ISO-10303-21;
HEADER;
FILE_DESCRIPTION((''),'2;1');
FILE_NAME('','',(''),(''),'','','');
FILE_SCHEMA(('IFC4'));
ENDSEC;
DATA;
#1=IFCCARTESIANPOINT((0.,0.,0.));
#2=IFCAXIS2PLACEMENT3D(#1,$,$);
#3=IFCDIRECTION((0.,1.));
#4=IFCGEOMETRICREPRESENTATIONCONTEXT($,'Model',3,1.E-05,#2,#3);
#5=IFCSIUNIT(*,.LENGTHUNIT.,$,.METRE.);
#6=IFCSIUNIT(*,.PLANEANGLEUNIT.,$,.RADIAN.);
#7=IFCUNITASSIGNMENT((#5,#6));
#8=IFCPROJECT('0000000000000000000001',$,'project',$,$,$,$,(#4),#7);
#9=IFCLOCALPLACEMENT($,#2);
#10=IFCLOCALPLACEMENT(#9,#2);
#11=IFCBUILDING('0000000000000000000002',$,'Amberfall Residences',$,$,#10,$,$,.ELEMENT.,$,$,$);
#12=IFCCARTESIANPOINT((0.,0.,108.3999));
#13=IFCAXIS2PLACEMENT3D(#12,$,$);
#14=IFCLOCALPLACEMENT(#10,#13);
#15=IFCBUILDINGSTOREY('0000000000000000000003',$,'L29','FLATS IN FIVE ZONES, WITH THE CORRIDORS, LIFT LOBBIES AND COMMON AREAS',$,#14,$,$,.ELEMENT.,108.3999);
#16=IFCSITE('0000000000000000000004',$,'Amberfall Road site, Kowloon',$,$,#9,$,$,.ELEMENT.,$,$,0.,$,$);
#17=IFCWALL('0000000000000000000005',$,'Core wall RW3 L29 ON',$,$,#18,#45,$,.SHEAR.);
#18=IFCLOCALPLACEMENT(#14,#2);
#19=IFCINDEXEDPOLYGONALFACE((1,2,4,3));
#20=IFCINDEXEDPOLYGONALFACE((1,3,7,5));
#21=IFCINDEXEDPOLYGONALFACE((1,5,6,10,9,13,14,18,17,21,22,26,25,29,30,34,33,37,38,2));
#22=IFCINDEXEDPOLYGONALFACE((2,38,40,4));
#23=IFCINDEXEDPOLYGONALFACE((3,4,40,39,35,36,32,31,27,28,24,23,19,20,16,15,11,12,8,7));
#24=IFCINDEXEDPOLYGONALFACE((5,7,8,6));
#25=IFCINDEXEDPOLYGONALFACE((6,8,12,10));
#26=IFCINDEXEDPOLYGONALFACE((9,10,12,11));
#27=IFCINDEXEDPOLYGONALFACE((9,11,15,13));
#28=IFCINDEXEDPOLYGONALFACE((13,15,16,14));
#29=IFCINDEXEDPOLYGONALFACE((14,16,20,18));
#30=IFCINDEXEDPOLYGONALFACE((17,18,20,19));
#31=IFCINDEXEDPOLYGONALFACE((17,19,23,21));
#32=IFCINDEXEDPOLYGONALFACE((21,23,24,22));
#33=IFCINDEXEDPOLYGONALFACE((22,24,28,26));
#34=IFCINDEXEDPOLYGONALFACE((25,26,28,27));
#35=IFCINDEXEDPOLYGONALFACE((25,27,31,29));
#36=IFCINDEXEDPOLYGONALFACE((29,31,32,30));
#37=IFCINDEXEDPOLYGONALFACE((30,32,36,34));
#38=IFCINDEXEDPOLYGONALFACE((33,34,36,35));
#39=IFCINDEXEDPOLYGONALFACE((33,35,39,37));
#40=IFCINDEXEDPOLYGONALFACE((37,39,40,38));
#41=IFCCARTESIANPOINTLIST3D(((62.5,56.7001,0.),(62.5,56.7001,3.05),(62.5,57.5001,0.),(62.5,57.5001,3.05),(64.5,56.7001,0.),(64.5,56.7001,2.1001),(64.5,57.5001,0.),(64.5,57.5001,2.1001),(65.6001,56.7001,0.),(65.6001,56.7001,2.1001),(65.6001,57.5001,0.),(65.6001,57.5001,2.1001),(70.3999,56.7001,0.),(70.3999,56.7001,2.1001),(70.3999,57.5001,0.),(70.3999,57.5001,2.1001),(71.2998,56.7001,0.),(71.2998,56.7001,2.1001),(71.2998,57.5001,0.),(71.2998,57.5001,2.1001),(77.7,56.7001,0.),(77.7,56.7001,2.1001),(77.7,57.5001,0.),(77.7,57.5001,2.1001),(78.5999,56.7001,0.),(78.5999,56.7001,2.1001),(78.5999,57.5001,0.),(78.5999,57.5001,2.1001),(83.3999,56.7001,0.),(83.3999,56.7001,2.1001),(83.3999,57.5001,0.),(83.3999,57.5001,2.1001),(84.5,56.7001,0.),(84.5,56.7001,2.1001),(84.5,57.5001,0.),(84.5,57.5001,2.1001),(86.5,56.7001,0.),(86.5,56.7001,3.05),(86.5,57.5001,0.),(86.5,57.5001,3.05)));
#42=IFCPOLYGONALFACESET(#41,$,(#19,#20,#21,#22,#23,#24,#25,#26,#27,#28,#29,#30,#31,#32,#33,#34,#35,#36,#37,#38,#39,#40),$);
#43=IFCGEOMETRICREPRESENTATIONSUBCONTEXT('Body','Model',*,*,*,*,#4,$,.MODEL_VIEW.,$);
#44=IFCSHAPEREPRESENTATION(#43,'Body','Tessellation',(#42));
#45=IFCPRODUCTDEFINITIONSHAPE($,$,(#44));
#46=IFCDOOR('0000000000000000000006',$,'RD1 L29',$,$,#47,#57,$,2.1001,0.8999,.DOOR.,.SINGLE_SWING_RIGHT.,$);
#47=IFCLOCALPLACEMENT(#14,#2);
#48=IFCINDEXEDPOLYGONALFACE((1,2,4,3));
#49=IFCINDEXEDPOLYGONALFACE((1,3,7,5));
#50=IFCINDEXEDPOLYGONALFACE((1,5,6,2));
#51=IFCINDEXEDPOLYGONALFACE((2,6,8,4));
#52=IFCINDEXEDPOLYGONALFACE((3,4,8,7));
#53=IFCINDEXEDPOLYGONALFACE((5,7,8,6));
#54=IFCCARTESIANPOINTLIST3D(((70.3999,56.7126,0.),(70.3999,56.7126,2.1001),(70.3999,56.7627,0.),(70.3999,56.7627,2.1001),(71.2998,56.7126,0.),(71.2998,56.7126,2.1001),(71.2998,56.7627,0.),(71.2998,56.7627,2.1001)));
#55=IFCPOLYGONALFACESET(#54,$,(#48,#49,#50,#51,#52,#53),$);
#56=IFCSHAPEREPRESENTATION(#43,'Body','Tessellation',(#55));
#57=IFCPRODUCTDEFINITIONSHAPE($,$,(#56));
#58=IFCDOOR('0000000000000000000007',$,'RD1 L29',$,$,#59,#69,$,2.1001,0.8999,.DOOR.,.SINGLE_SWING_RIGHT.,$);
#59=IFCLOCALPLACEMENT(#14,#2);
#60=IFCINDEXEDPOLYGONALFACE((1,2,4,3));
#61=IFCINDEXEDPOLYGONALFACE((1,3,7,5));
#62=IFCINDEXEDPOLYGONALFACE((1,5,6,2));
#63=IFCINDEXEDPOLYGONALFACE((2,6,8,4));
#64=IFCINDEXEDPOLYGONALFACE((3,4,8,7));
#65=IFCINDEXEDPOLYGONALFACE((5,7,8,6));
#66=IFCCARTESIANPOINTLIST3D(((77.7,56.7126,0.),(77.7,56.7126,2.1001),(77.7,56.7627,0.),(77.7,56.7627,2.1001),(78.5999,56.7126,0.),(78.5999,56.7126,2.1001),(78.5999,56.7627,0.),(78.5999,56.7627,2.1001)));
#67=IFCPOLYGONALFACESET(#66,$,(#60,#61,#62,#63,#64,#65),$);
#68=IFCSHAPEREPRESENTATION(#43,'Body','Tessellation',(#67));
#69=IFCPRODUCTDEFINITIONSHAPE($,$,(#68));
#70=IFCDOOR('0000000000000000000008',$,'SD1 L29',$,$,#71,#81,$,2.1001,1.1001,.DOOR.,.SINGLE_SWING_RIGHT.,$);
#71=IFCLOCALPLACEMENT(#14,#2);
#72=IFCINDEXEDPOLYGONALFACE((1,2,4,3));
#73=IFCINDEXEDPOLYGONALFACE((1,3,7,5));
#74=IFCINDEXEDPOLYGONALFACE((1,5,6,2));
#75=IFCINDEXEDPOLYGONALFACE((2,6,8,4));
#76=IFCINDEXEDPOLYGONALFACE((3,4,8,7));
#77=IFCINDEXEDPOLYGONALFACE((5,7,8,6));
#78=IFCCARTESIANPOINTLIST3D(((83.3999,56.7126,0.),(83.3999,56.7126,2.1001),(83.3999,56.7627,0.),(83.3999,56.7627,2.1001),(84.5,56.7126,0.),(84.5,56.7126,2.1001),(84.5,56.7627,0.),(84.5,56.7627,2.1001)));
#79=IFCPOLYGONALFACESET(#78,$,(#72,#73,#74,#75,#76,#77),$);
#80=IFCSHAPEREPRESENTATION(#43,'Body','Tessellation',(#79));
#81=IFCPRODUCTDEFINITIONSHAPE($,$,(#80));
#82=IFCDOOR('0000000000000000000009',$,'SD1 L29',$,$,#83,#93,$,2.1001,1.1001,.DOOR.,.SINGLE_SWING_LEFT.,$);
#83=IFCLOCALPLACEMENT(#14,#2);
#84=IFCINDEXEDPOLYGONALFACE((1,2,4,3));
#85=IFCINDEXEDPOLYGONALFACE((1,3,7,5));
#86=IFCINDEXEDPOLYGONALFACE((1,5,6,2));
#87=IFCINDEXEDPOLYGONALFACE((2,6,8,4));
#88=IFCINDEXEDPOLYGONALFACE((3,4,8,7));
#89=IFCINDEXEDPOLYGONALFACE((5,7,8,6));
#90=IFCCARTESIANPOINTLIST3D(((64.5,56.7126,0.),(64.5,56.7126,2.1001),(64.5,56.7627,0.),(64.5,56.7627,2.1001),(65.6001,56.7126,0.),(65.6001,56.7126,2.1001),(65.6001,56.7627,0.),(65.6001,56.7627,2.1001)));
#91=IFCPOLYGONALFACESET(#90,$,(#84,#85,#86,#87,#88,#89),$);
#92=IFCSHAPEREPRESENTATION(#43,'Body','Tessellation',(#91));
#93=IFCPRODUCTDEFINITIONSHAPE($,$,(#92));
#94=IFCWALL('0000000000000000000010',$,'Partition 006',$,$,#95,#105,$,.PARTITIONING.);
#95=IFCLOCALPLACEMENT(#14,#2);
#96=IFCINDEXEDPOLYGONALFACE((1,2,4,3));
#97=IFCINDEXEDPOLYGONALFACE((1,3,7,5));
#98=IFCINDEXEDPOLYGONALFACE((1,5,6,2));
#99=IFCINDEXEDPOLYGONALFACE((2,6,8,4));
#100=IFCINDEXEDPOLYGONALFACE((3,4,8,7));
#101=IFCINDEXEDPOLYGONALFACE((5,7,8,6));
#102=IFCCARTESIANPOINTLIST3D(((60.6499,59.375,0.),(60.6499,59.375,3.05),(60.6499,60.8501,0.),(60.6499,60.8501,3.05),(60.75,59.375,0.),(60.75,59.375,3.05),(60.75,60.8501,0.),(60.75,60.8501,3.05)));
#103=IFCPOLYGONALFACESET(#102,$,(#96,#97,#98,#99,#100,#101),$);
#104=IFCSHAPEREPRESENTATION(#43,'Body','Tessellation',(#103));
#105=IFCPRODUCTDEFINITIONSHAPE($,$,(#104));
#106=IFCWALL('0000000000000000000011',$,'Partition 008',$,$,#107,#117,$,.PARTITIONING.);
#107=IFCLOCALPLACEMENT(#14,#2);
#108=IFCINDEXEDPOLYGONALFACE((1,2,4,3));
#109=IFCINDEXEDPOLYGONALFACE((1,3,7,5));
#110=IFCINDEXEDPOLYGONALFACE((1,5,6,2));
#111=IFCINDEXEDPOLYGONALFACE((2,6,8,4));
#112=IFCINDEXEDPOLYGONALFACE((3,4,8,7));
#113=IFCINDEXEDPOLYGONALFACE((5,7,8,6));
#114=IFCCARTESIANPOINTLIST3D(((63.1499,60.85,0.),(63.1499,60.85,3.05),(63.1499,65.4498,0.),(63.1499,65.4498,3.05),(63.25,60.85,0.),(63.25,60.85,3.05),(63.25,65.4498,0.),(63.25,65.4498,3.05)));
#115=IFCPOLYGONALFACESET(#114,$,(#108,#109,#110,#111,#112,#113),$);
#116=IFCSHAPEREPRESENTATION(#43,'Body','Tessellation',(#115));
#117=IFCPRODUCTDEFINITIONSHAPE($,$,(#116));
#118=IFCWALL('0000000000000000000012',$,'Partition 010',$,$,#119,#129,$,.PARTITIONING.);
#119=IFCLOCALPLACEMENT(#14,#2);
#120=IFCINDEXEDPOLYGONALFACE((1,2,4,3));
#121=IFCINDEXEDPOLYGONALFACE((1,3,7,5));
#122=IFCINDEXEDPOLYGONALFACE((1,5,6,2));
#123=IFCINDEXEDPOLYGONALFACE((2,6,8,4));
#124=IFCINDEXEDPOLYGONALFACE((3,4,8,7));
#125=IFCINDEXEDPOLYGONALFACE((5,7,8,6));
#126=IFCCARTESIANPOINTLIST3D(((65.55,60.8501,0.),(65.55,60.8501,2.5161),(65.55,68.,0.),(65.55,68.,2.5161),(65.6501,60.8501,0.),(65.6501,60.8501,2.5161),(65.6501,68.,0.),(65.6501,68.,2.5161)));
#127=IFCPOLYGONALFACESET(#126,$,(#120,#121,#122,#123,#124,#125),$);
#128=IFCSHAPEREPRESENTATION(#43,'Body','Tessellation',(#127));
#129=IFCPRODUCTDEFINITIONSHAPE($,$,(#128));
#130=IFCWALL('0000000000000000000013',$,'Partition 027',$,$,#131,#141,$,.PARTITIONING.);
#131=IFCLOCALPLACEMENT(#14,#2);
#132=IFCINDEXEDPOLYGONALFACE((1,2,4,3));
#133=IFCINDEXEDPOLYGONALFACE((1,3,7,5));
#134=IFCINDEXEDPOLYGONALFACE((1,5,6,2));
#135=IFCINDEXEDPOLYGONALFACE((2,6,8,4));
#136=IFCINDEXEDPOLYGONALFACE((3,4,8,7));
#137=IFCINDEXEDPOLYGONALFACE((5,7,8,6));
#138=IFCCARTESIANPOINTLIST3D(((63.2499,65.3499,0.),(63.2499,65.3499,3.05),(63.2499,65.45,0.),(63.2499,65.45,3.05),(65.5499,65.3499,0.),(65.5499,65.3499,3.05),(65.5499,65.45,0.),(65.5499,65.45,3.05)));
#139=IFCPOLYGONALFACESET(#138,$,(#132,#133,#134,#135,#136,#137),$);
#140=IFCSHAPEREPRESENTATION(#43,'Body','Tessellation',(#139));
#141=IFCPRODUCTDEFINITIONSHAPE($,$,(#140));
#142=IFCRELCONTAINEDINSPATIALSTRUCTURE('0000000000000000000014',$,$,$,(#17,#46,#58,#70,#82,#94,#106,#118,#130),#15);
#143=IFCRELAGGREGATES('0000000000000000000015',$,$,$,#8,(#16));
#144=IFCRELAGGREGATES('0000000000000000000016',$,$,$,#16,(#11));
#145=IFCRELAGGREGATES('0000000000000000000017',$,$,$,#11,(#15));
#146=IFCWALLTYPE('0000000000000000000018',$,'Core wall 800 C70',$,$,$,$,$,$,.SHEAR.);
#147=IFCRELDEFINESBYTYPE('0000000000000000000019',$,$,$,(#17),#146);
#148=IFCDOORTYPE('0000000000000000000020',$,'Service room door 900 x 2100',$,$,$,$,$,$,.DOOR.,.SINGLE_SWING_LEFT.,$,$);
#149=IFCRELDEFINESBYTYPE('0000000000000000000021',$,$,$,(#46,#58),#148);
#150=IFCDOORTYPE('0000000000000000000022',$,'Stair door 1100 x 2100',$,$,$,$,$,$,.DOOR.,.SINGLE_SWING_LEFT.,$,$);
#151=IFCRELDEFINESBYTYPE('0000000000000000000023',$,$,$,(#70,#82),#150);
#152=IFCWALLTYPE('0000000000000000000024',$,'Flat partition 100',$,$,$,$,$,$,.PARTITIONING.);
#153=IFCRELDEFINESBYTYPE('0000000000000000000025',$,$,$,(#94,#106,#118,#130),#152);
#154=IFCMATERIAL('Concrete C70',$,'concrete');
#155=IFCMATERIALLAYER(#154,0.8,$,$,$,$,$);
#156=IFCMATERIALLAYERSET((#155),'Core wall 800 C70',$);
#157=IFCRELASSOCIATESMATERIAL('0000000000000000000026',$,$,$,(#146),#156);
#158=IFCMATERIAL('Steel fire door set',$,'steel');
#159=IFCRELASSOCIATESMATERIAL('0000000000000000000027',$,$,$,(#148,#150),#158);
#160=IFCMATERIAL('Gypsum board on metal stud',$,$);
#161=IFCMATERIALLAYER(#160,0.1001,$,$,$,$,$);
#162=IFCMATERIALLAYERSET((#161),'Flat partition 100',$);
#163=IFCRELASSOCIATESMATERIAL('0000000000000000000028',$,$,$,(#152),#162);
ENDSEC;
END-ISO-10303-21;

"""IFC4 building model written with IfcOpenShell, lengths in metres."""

from ifc_helpers import new_model, si_unit, direction, frame, frame_2d, origin, place, context, subcontext, project, spatial, rectangle, extrude, material, layer, layer_set, type_object, element, fill, save


model = new_model("IFC4")

# Units and contexts
model_context = context("Model", 3, precision=1e-05, world=origin(), true_north=direction((0.0, 1.0)))
body_context = subcontext(model_context, "Body", "Model", "MODEL_VIEW")
ifc_project = project(units=[si_unit("LENGTHUNIT", "METRE"), si_unit("PLANEANGLEUNIT", "RADIAN")], contexts=[model_context])

# Site, building, storey
site_placement = place(None, origin())
site = spatial("IfcSite", under=ifc_project, at=site_placement, Name="Amberfall Road site, Kowloon", CompositionType="ELEMENT", RefElevation=0.0)
building_placement = place(site_placement, origin())
building = spatial("IfcBuilding", under=site, at=building_placement, Name="Amberfall Residences", CompositionType="ELEMENT")
storey_placement = place(building_placement, frame((0.0, 0.0, 108.3999)))
storey = spatial("IfcBuildingStorey", under=building, at=storey_placement, Name="L29", Description="FLATS IN FIVE ZONES, WITH THE CORRIDORS, LIFT LOBBIES AND COMMON AREAS", CompositionType="ELEMENT", Elevation=108.3999)

# Shared definitions
ifc_material_1 = material(Name="Concrete C70", Category="concrete")

# Wall, openings, doors
ifc_layer_1 = layer(ifc_material_1, 0.8)
ifc_layer_set_1 = layer_set([ifc_layer_1], Name="Core wall 800 C70")
wall_type_1 = type_object("IfcWallType", Name="Core wall 800 C70", PredefinedType="SHEAR", material=ifc_layer_set_1)
wall_1_placement = place(storey_placement, frame((62.5, 57.1001, 0.0), z_axis=(0.0, 0.0, 1.0), x_axis=(1.0, 0.0, 0.0)))
wall_1 = element("IfcWall", 1, at=wall_1_placement, inside=storey, type_object=wall_type_1, Name="Core wall RW3 L29 ON", PredefinedType="SHEAR", context=body_context, shape_type="SweptSolid", body=[
    extrude(rectangle(XDim=24.0, YDim=0.8, at=frame_2d((12.0, 0.0))), origin(), (0.0, 0.0, 1.0), 3.05),
])
opening_1_placement = place(wall_1_placement, frame((20.8999, 0.0, 0.0)))
opening_1 = element("IfcOpeningElement", 2, at=opening_1_placement, cuts=wall_1, PredefinedType="OPENING", context=body_context, shape_type="SweptSolid", body=[
    extrude(rectangle(XDim=1.1001, YDim=2.1001, at=frame_2d((0.55, 1.05))), frame((0.0, 0.4099, 0.0), z_axis=(0.0, -1.0, 0.0), x_axis=(1.0, 0.0, 0.0)), (0.0, 0.0, 1.0), 0.8201),
])
opening_2_placement = place(wall_1_placement, frame((2.0, 0.0, 0.0)))
opening_2 = element("IfcOpeningElement", 3, at=opening_2_placement, cuts=wall_1, PredefinedType="OPENING", context=body_context, shape_type="SweptSolid", body=[
    extrude(rectangle(XDim=1.1001, YDim=2.1001, at=frame_2d((0.55, 1.05))), frame((0.0, 0.4099, 0.0), z_axis=(0.0, -1.0, 0.0), x_axis=(1.0, 0.0, 0.0)), (0.0, 0.0, 1.0), 0.8201),
])
opening_3_placement = place(wall_1_placement, frame((7.8999, 0.0, 0.0)))
opening_3 = element("IfcOpeningElement", 4, at=opening_3_placement, cuts=wall_1, PredefinedType="OPENING", context=body_context, shape_type="SweptSolid", body=[
    extrude(rectangle(XDim=0.8999, YDim=2.1001, at=frame_2d((0.45, 1.05))), frame((0.0, 0.4099, 0.0), z_axis=(0.0, -1.0, 0.0), x_axis=(1.0, 0.0, 0.0)), (0.0, 0.0, 1.0), 0.8201),
])
opening_4_placement = place(wall_1_placement, frame((15.2, 0.0, 0.0)))
opening_4 = element("IfcOpeningElement", 5, at=opening_4_placement, cuts=wall_1, PredefinedType="OPENING", context=body_context, shape_type="SweptSolid", body=[
    extrude(rectangle(XDim=0.8999, YDim=2.1001, at=frame_2d((0.45, 1.05))), frame((0.0, 0.4099, 0.0), z_axis=(0.0, -1.0, 0.0), x_axis=(1.0, 0.0, 0.0)), (0.0, 0.0, 1.0), 0.8201),
])
ifc_material_2 = material(Name="Steel fire door set", Category="steel")
door_type_1 = type_object("IfcDoorType", Name="Service room door 900 x 2100", OperationType="SINGLE_SWING_LEFT", PredefinedType="DOOR", material=ifc_material_2)
door_1_placement = place(opening_3_placement, origin())
door_1 = element("IfcDoor", 6, at=door_1_placement, inside=storey, type_object=door_type_1, Name="RD1 L29", OperationType="SINGLE_SWING_RIGHT", OverallHeight=2.1001, OverallWidth=0.8999, PredefinedType="DOOR", context=body_context, shape_type="SweptSolid", body=[
    extrude(rectangle(XDim=0.8999, YDim=2.1001, at=frame_2d((0.45, 1.05))), frame((0.0, -0.3374, 0.0), z_axis=(0.0, -1.0, 0.0), x_axis=(1.0, 0.0, 0.0)), (0.0, 0.0, 1.0), 0.05),
])
fill(opening_3, door_1)
door_2_placement = place(opening_4_placement, origin())
door_2 = element("IfcDoor", 7, at=door_2_placement, inside=storey, type_object=door_type_1, Name="RD1 L29", OperationType="SINGLE_SWING_RIGHT", OverallHeight=2.1001, OverallWidth=0.8999, PredefinedType="DOOR", context=body_context, shape_type="SweptSolid", body=[
    extrude(rectangle(XDim=0.8999, YDim=2.1001, at=frame_2d((0.45, 1.05))), frame((0.0, -0.3374, 0.0), z_axis=(0.0, -1.0, 0.0), x_axis=(1.0, 0.0, 0.0)), (0.0, 0.0, 1.0), 0.05),
])
fill(opening_4, door_2)
door_type_2 = type_object("IfcDoorType", Name="Stair door 1100 x 2100", OperationType="SINGLE_SWING_LEFT", PredefinedType="DOOR", material=ifc_material_2)
door_3_placement = place(opening_1_placement, origin())
door_3 = element("IfcDoor", 8, at=door_3_placement, inside=storey, type_object=door_type_2, Name="SD1 L29", OperationType="SINGLE_SWING_RIGHT", OverallHeight=2.1001, OverallWidth=1.1001, PredefinedType="DOOR", context=body_context, shape_type="SweptSolid", body=[
    extrude(rectangle(XDim=1.1001, YDim=2.1001, at=frame_2d((0.55, 1.05))), frame((0.0, -0.3374, 0.0), z_axis=(0.0, -1.0, 0.0), x_axis=(1.0, 0.0, 0.0)), (0.0, 0.0, 1.0), 0.05),
])
fill(opening_1, door_3)
door_4_placement = place(opening_2_placement, origin())
door_4 = element("IfcDoor", 9, at=door_4_placement, inside=storey, type_object=door_type_2, Name="SD1 L29", OperationType="SINGLE_SWING_LEFT", OverallHeight=2.1001, OverallWidth=1.1001, PredefinedType="DOOR", context=body_context, shape_type="SweptSolid", body=[
    extrude(rectangle(XDim=1.1001, YDim=2.1001, at=frame_2d((0.55, 1.05))), frame((0.0, -0.3374, 0.0), z_axis=(0.0, -1.0, 0.0), x_axis=(1.0, 0.0, 0.0)), (0.0, 0.0, 1.0), 0.05),
])
fill(opening_2, door_4)

# Walls
ifc_material_3 = material(Name="Gypsum board on metal stud")
ifc_layer_2 = layer(ifc_material_3, 0.1001)
ifc_layer_set_2 = layer_set([ifc_layer_2], Name="Flat partition 100")
wall_type_2 = type_object("IfcWallType", Name="Flat partition 100", PredefinedType="PARTITIONING", material=ifc_layer_set_2)
wall_2_placement = place(storey_placement, frame((60.7, 59.375, 0.0), z_axis=(0.0, 0.0, 1.0), x_axis=(0.0, 1.0, 0.0)))
element("IfcWall", 10, at=wall_2_placement, inside=storey, type_object=wall_type_2, Name="Partition 006", PredefinedType="PARTITIONING", context=body_context, shape_type="SweptSolid", body=[
    extrude(rectangle(XDim=1.4751, YDim=0.1001, at=frame_2d((0.7375, 0.0))), origin(), (0.0, 0.0, 1.0), 3.05),
])
wall_3_placement = place(storey_placement, frame((63.2, 60.8501, 0.0), z_axis=(0.0, 0.0, 1.0), x_axis=(0.0, 1.0, 0.0)))
element("IfcWall", 11, at=wall_3_placement, inside=storey, type_object=wall_type_2, Name="Partition 008", PredefinedType="PARTITIONING", context=body_context, shape_type="SweptSolid", body=[
    extrude(rectangle(XDim=4.5999, YDim=0.1001, at=frame_2d((2.2998, 0.0))), origin(), (0.0, 0.0, 1.0), 3.05),
])
wall_4_placement = place(storey_placement, frame((65.6001, 60.8501, 0.0), z_axis=(0.0, 0.0, 1.0), x_axis=(0.0, 1.0, 0.0)))
element("IfcWall", 12, at=wall_4_placement, inside=storey, type_object=wall_type_2, Name="Partition 010", PredefinedType="PARTITIONING", context=body_context, shape_type="SweptSolid", body=[
    extrude(rectangle(XDim=7.1499, YDim=0.1001, at=frame_2d((3.575, 0.0))), origin(), (0.0, 0.0, 1.0), 2.5161),
])
wall_5_placement = place(storey_placement, frame((63.25, 65.3999, 0.0), z_axis=(0.0, 0.0, 1.0), x_axis=(1.0, 0.0, 0.0)))
element("IfcWall", 13, at=wall_5_placement, inside=storey, type_object=wall_type_2, Name="Partition 027", PredefinedType="PARTITIONING", context=body_context, shape_type="SweptSolid", body=[
    extrude(rectangle(XDim=2.3, YDim=0.1001, at=frame_2d((1.1499, 0.0))), origin(), (0.0, 0.0, 1.0), 3.05),
])

save(model, "model.ifc")
